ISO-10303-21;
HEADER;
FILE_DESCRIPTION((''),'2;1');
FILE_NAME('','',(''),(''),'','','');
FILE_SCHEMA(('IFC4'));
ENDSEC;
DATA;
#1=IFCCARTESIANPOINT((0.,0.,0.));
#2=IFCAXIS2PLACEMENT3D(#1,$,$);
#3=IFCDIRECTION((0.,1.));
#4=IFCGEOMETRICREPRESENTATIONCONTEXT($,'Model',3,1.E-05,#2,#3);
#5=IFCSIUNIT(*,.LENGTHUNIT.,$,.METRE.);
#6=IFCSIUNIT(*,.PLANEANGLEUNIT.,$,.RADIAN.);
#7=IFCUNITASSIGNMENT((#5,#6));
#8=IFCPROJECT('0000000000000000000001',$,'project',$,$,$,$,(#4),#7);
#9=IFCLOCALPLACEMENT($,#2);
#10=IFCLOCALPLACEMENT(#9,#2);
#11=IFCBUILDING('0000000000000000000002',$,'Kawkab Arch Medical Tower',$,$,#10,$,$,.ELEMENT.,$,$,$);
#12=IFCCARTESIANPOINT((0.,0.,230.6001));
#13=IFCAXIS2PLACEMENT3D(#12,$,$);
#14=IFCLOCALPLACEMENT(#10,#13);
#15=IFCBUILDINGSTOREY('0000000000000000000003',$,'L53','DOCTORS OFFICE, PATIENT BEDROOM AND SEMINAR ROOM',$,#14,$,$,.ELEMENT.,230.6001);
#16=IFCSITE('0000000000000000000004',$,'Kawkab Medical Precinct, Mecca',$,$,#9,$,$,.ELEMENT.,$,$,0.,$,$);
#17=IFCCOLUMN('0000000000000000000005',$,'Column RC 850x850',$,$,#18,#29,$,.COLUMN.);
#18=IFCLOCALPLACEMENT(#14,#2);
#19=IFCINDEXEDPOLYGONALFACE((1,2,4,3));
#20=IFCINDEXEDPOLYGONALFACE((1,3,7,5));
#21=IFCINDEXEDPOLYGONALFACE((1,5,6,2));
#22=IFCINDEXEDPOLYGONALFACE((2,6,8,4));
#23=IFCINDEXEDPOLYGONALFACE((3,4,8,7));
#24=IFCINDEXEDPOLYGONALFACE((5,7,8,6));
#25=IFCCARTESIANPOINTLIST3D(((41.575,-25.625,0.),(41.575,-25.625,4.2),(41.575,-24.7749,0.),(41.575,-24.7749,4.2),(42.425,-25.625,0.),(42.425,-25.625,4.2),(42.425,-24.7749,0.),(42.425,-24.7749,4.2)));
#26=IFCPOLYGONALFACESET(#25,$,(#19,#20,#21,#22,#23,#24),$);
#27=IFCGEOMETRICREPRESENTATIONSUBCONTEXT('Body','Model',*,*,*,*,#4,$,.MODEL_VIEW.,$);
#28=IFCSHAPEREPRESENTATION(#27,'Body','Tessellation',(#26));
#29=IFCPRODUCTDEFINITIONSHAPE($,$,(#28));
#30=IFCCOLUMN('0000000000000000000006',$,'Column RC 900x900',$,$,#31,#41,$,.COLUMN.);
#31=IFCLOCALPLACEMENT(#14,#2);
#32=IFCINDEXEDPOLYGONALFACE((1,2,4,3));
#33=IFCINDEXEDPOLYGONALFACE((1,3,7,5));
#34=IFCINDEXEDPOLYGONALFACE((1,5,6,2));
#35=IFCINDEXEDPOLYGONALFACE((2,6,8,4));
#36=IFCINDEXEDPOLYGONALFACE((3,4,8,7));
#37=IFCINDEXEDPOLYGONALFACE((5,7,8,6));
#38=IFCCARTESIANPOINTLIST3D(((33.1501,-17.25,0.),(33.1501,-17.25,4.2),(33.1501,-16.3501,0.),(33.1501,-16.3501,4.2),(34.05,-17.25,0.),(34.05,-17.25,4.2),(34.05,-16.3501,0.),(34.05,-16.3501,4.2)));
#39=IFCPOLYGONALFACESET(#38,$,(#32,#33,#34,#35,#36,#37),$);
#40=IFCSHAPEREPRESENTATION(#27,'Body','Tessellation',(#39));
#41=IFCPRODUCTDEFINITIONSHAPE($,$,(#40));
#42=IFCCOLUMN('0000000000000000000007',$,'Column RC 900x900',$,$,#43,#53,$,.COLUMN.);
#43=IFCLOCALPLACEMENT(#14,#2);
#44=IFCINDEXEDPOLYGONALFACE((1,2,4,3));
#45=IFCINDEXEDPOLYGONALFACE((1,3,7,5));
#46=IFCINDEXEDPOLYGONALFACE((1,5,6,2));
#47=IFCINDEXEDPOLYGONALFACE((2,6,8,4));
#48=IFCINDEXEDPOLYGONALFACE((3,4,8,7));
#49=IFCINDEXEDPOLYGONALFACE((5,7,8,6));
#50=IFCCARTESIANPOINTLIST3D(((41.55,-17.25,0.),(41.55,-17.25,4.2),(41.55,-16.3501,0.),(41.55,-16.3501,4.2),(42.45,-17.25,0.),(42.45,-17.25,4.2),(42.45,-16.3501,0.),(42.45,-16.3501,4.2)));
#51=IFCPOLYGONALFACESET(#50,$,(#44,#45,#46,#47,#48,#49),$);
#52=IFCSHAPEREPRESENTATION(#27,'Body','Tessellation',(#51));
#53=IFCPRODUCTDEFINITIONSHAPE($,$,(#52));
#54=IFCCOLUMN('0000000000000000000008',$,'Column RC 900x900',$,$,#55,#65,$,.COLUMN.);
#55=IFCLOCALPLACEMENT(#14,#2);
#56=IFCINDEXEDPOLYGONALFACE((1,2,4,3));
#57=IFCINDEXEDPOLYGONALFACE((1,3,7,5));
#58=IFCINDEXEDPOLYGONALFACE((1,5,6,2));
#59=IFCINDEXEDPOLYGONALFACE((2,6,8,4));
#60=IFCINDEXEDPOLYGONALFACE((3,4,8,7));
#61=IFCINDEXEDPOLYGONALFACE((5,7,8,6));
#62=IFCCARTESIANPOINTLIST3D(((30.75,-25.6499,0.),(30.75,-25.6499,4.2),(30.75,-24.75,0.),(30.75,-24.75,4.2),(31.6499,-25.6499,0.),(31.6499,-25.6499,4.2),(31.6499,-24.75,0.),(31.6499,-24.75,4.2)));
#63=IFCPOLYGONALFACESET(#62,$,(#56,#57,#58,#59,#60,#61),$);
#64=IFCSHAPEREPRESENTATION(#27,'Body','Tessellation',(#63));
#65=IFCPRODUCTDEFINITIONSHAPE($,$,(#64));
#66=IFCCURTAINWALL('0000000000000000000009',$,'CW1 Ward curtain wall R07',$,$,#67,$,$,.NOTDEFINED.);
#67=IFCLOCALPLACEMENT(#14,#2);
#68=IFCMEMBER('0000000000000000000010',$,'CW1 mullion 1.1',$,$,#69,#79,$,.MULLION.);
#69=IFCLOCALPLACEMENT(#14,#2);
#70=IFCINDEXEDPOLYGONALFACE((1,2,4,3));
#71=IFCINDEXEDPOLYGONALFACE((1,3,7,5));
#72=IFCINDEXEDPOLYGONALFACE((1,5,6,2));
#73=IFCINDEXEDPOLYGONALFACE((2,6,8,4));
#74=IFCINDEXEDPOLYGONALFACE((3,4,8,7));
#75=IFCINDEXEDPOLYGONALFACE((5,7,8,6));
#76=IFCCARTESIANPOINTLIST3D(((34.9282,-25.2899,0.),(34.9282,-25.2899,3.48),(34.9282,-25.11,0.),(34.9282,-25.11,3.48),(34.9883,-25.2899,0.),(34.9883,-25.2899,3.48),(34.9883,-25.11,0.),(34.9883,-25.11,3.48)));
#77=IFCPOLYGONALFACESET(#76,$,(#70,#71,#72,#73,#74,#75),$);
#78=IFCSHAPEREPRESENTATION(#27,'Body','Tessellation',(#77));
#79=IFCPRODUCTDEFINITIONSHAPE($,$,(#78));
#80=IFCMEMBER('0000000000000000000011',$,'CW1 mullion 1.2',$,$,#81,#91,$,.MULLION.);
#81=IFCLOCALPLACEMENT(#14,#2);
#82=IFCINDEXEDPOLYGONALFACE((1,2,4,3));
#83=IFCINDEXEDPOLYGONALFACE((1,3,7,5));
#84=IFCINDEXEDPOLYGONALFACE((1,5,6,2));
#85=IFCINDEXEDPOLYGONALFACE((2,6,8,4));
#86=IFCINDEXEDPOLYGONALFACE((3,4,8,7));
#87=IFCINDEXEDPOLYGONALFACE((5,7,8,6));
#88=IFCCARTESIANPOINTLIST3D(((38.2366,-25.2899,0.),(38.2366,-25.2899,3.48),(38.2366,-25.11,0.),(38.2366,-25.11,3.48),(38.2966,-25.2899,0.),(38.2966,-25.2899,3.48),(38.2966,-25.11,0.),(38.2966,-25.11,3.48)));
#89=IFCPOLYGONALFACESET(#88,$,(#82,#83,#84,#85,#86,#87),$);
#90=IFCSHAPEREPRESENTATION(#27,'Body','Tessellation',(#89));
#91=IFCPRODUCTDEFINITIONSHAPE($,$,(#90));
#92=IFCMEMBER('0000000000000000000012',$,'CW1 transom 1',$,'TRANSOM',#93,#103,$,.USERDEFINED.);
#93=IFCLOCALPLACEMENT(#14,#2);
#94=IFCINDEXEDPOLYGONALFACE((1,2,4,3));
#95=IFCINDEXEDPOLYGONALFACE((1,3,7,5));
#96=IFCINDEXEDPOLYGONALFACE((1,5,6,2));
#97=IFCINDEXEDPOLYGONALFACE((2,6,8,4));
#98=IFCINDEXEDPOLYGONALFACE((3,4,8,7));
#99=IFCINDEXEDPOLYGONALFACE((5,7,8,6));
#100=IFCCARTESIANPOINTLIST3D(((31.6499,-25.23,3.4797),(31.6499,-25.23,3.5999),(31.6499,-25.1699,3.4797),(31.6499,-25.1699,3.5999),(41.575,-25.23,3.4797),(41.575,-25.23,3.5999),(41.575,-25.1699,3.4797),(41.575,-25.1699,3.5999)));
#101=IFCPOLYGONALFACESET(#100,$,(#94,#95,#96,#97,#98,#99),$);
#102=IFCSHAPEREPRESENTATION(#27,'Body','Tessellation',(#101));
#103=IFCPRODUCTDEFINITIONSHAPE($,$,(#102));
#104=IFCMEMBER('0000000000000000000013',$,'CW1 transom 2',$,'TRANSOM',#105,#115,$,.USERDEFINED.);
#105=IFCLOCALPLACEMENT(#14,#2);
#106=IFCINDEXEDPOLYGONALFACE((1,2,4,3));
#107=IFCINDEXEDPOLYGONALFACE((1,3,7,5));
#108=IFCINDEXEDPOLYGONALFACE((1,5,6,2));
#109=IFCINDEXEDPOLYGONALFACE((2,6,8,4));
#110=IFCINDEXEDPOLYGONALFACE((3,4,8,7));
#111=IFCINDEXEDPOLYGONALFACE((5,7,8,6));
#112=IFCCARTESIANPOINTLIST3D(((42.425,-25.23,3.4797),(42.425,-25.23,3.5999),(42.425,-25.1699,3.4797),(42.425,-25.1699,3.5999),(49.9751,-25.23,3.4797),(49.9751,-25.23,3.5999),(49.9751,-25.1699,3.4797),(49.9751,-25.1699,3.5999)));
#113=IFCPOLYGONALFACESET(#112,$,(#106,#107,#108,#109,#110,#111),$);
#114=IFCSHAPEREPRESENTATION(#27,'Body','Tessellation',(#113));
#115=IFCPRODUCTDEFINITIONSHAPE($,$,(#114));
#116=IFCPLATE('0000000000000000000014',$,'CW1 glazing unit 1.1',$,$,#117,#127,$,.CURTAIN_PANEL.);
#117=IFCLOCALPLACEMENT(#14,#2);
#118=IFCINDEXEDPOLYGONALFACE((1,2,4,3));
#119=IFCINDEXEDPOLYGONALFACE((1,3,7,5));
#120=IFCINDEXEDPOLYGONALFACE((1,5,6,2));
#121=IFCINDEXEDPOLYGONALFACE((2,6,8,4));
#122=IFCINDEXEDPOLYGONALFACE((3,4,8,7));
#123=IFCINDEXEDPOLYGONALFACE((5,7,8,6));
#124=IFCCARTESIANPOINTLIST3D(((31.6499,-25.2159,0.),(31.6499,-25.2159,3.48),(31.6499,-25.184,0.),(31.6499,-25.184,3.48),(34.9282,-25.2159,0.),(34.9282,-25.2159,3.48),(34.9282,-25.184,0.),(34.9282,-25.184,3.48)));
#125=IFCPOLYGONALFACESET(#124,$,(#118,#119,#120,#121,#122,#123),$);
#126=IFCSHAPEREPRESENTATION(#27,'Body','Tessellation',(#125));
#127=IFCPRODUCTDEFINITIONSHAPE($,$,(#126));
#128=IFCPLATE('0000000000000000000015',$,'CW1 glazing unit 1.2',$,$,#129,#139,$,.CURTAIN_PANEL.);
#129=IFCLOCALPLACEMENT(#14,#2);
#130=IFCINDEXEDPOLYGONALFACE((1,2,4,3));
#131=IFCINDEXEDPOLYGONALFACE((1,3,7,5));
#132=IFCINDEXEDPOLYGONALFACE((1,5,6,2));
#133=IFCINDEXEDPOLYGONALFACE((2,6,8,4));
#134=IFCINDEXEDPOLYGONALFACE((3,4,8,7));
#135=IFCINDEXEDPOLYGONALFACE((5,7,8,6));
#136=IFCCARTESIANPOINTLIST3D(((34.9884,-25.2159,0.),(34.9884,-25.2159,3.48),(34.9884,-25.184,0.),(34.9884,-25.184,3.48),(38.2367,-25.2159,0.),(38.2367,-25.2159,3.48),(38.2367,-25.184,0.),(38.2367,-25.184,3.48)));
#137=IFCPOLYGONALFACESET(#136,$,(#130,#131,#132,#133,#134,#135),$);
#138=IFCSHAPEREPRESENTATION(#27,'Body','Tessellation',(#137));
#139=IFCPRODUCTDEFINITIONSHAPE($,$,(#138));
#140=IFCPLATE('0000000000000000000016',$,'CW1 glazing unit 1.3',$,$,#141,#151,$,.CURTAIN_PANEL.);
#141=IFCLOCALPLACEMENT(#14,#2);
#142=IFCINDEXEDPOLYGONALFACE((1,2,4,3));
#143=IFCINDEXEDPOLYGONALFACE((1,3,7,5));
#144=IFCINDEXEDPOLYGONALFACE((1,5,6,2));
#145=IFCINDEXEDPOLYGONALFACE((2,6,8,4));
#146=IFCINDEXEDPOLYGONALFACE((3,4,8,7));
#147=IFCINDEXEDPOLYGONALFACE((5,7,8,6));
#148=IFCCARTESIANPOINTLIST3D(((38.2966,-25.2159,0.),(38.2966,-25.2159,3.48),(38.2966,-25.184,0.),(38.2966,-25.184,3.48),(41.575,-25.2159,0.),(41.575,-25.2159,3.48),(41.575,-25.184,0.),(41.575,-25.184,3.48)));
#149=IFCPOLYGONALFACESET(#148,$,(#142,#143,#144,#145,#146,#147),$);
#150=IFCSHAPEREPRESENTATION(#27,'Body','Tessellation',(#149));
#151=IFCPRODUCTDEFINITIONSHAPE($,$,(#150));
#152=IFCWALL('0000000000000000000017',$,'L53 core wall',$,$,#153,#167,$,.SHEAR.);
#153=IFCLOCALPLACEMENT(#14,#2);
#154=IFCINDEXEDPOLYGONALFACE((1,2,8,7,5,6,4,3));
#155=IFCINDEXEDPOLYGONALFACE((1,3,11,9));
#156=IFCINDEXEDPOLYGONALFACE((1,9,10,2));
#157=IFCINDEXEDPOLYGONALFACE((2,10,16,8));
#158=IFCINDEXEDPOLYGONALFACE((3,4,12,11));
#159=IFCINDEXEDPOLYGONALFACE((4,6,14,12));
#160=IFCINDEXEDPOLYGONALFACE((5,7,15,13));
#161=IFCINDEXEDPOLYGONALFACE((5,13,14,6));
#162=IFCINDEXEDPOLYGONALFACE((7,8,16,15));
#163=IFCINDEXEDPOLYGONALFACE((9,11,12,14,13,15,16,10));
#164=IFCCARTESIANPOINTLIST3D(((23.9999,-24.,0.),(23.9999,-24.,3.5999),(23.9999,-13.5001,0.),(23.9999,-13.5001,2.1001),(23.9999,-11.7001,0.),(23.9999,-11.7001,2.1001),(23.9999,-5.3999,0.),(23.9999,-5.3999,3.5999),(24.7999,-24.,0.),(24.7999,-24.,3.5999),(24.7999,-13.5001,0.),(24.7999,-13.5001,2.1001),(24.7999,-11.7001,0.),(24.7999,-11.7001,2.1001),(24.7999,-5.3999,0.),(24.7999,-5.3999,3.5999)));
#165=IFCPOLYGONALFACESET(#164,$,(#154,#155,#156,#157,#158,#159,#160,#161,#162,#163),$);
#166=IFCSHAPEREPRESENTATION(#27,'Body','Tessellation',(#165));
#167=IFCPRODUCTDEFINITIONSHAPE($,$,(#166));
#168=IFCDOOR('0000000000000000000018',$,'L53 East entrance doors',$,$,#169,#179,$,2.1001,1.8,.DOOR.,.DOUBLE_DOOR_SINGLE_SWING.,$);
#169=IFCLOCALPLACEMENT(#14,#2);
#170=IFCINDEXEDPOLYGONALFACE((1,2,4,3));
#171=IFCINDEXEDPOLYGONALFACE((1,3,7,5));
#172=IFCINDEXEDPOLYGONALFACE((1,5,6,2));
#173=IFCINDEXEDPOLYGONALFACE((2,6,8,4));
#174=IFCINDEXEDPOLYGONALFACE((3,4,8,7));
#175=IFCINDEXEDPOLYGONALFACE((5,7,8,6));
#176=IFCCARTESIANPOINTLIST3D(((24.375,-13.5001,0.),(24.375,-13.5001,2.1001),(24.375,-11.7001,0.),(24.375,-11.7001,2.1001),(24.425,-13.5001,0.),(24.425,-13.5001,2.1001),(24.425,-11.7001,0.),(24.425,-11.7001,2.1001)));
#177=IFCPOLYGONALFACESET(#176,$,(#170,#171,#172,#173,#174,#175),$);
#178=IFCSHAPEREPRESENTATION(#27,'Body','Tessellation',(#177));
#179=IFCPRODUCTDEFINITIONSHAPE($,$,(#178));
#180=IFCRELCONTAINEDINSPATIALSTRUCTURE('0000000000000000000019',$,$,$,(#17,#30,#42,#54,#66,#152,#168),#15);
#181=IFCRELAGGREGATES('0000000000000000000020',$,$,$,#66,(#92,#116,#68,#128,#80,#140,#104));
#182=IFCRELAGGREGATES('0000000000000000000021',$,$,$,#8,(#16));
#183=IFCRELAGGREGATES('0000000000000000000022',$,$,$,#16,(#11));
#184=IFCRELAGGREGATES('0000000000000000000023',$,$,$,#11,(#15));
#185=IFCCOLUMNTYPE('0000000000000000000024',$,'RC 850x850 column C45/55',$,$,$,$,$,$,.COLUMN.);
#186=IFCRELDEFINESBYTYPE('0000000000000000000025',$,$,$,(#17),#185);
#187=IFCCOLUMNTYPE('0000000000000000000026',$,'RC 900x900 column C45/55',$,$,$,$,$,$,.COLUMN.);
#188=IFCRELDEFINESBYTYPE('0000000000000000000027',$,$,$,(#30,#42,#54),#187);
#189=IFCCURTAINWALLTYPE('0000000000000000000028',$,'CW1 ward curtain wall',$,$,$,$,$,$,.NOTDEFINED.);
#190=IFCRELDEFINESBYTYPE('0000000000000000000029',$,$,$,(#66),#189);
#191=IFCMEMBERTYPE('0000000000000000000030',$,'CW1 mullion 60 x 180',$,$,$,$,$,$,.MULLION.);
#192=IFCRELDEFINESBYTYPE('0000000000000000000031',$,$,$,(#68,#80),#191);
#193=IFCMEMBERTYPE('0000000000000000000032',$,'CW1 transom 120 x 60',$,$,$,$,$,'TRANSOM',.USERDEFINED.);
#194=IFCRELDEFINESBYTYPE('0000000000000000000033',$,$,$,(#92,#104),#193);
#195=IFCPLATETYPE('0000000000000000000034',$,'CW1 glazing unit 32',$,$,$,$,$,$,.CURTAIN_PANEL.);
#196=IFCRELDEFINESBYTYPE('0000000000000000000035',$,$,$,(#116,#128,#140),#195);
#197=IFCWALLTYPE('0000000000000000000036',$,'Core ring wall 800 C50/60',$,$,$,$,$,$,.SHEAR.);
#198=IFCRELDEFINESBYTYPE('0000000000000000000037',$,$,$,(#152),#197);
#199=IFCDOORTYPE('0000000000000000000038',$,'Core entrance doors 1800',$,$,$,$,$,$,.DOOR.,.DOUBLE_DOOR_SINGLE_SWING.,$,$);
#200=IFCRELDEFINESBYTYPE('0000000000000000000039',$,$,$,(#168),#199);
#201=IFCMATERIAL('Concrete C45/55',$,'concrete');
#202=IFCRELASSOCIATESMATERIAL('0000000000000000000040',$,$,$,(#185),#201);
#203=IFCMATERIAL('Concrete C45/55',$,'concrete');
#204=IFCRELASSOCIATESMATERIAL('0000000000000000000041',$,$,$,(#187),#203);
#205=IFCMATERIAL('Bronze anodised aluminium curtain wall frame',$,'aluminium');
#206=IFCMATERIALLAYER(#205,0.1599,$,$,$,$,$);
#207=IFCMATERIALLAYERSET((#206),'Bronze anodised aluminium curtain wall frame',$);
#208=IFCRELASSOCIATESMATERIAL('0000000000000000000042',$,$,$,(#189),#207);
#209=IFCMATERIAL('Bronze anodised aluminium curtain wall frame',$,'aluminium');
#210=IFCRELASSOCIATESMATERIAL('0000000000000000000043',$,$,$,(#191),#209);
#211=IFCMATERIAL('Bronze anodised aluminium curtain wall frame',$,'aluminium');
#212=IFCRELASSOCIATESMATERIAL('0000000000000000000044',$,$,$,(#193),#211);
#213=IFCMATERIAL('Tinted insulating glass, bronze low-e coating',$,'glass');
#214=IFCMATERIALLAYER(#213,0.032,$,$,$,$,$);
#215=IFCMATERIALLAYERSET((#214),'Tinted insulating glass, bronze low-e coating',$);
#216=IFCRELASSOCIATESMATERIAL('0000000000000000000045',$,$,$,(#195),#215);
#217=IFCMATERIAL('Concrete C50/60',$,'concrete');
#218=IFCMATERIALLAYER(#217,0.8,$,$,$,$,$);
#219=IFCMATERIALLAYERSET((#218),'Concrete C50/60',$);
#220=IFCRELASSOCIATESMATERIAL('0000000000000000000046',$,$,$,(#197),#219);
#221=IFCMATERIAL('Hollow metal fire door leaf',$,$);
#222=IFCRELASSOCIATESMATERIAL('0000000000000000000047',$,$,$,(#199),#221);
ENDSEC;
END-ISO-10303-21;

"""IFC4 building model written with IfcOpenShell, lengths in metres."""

from ifc_helpers import new_model, si_unit, direction, frame, frame_2d, origin, origin_2d, place, context, subcontext, project, spatial, rectangle, extrude, material, layer, layer_set, material_profile, profile_set, type_object, element, fill, aggregate, save


model = new_model("IFC4")

# Units and contexts
model_context = context("Model", 3, precision=1e-05, world=origin(), true_north=direction((0.0, 1.0)))
body_context = subcontext(model_context, "Body", "Model", "MODEL_VIEW")
ifc_project = project(units=[si_unit("LENGTHUNIT", "METRE"), si_unit("PLANEANGLEUNIT", "RADIAN")], contexts=[model_context])

# Site, building, storey
site_placement = place(None, origin())
site = spatial("IfcSite", under=ifc_project, at=site_placement, Name="Kawkab Medical Precinct, Mecca", CompositionType="ELEMENT", RefElevation=0.0)
building_placement = place(site_placement, origin())
building = spatial("IfcBuilding", under=site, at=building_placement, Name="Kawkab Arch Medical Tower", CompositionType="ELEMENT")
storey_placement = place(building_placement, frame((0.0, 0.0, 230.6001)))
storey = spatial("IfcBuildingStorey", under=building, at=storey_placement, Name="L53", Description="DOCTORS OFFICE, PATIENT BEDROOM AND SEMINAR ROOM", CompositionType="ELEMENT", Elevation=230.6001)

# Columns
ifc_material_1 = material(Name="Concrete C45/55", Category="concrete")
ifc_material_profile_1 = material_profile(ifc_material_1, rectangle(XDim=0.8501, YDim=0.8501, at=origin_2d()), Name="RC 850x850")
ifc_profile_set_1 = profile_set([ifc_material_profile_1], Name="Concrete C45/55")
column_type_1 = type_object("IfcColumnType", Name="RC 850x850 column C45/55", PredefinedType="COLUMN", material=ifc_profile_set_1)
column_placement = place(storey_placement, frame((42.0, -25.2, 0.0), z_axis=(0.0, 0.0, 1.0), x_axis=(1.0, 0.0, 0.0)))
element("IfcColumn", 1, at=column_placement, inside=storey, type_object=column_type_1, Name="Column RC 850x850", PredefinedType="COLUMN", context=body_context, shape_type="SweptSolid", body=[
    extrude(rectangle(XDim=0.8501, YDim=0.8501, at=origin_2d()), origin(), (0.0, 0.0, 1.0), 4.2),
])
ifc_material_2 = material(Name="Concrete C45/55", Category="concrete")
ifc_material_profile_2 = material_profile(ifc_material_2, rectangle(XDim=0.8999, YDim=0.8999, at=origin_2d()), Name="RC 900x900")
ifc_profile_set_2 = profile_set([ifc_material_profile_2], Name="Concrete C45/55")
column_type_2 = type_object("IfcColumnType", Name="RC 900x900 column C45/55", PredefinedType="COLUMN", material=ifc_profile_set_2)
for number, where, z_axis, x_axis, name in (
    (2, (33.6001, -16.8, 0.0), (0.0, 0.0, 1.0), (1.0, 0.0, 0.0), "Column RC 900x900"),
    (3, (42.0, -16.8, 0.0), (0.0, 0.0, 1.0), (1.0, 0.0, 0.0), "Column RC 900x900"),
    (4, (31.2, -25.2, 0.0), (0.0, 0.0, 1.0), (1.0, 0.0, 0.0), "Column RC 900x900"),
):
    element("IfcColumn", number, at=place(storey_placement, frame(where, z_axis=z_axis, x_axis=x_axis)), inside=storey, type_object=column_type_2, Name=name, PredefinedType="COLUMN", context=body_context, shape_type="SweptSolid", body=[
        extrude(rectangle(XDim=0.8999, YDim=0.8999, at=origin_2d()), origin(), (0.0, 0.0, 1.0), 4.2),
    ])

# Curtain wall, members, plates
ifc_material_3 = material(Name="Bronze anodised aluminium curtain wall frame", Category="aluminium")
ifc_layer_1 = layer(ifc_material_3, 0.1599)
ifc_layer_set_1 = layer_set([ifc_layer_1], Name="Bronze anodised aluminium curtain wall frame")
curtain_wall_type = type_object("IfcCurtainWallType", Name="CW1 ward curtain wall", PredefinedType="NOTDEFINED", material=ifc_layer_set_1)
curtain_wall_placement = place(storey_placement, origin())
curtain_wall = element("IfcCurtainWall", 5, at=curtain_wall_placement, inside=storey, type_object=curtain_wall_type, Name="CW1 Ward curtain wall R07", PredefinedType="NOTDEFINED")
ifc_material_4 = material(Name="Bronze anodised aluminium curtain wall frame", Category="aluminium")
ifc_material_profile_3 = material_profile(ifc_material_4, rectangle(XDim=0.1799, YDim=0.0601, at=origin_2d()), Name="AL 60x180")
ifc_profile_set_3 = profile_set([ifc_material_profile_3], Name="Bronze anodised aluminium curtain wall frame")
member_type_1 = type_object("IfcMemberType", Name="CW1 mullion 60 x 180", PredefinedType="MULLION", material=ifc_profile_set_3)
member_1_placement = place(storey_placement, frame((34.9583, -25.2, 0.0), z_axis=(0.0, 0.0, 1.0), x_axis=(0.0, 1.0, 0.0)))
member_1 = element("IfcMember", 6, at=member_1_placement, type_object=member_type_1, Name="CW1 mullion 1.1", PredefinedType="MULLION", context=body_context, shape_type="SweptSolid", body=[
    extrude(rectangle(XDim=0.1799, YDim=0.0601, at=origin_2d()), origin(), (0.0, 0.0, 1.0), 3.48),
])
member_2_placement = place(storey_placement, frame((38.2666, -25.2, 0.0), z_axis=(0.0, 0.0, 1.0), x_axis=(0.0, 1.0, 0.0)))
member_2 = element("IfcMember", 7, at=member_2_placement, type_object=member_type_1, Name="CW1 mullion 1.2", PredefinedType="MULLION", context=body_context, shape_type="SweptSolid", body=[
    extrude(rectangle(XDim=0.1799, YDim=0.0601, at=origin_2d()), origin(), (0.0, 0.0, 1.0), 3.48),
])
ifc_material_5 = material(Name="Bronze anodised aluminium curtain wall frame", Category="aluminium")
ifc_material_profile_4 = material_profile(ifc_material_5, rectangle(XDim=0.0601, YDim=0.1201, at=origin_2d()), Name="AL 60x120")
ifc_profile_set_4 = profile_set([ifc_material_profile_4], Name="Bronze anodised aluminium curtain wall frame")
member_type_2 = type_object("IfcMemberType", Name="CW1 transom 120 x 60", ElementType="TRANSOM", PredefinedType="USERDEFINED", material=ifc_profile_set_4)
member_3_placement = place(storey_placement, frame((31.6499, -25.2, 3.5398), z_axis=(1.0, 0.0, 0.0), x_axis=(0.0, 1.0, 0.0)))
member_3 = element("IfcMember", 8, at=member_3_placement, type_object=member_type_2, Name="CW1 transom 1", ObjectType="TRANSOM", PredefinedType="USERDEFINED", context=body_context, shape_type="SweptSolid", body=[
    extrude(rectangle(XDim=0.0601, YDim=0.1201, at=origin_2d()), origin(), (0.0, 0.0, 1.0), 9.925),
])
member_4_placement = place(storey_placement, frame((42.425, -25.2, 3.5398), z_axis=(1.0, 0.0, 0.0), x_axis=(0.0, 1.0, 0.0)))
member_4 = element("IfcMember", 9, at=member_4_placement, type_object=member_type_2, Name="CW1 transom 2", ObjectType="TRANSOM", PredefinedType="USERDEFINED", context=body_context, shape_type="SweptSolid", body=[
    extrude(rectangle(XDim=0.0601, YDim=0.1201, at=origin_2d()), origin(), (0.0, 0.0, 1.0), 7.55),
])
ifc_material_6 = material(Name="Tinted insulating glass, bronze low-e coating", Category="glass")
ifc_layer_2 = layer(ifc_material_6, 0.032)
ifc_layer_set_2 = layer_set([ifc_layer_2], Name="Tinted insulating glass, bronze low-e coating")
plate_type = type_object("IfcPlateType", Name="CW1 glazing unit 32", PredefinedType="CURTAIN_PANEL", material=ifc_layer_set_2)
plate_1_placement = place(storey_placement, frame((33.2891, -25.2, 0.0), z_axis=(0.0, 0.0, 1.0), x_axis=(1.0, 0.0, 0.0)))
plate_1 = element("IfcPlate", 10, at=plate_1_placement, type_object=plate_type, Name="CW1 glazing unit 1.1", PredefinedType="CURTAIN_PANEL", context=body_context, shape_type="SweptSolid", body=[
    extrude(rectangle(XDim=3.2783, YDim=0.032, at=origin_2d()), origin(), (0.0, 0.0, 1.0), 3.48),
])
plate_2_placement = place(storey_placement, frame((36.6125, -25.2, 0.0), z_axis=(0.0, 0.0, 1.0), x_axis=(1.0, 0.0, 0.0)))
plate_2 = element("IfcPlate", 11, at=plate_2_placement, type_object=plate_type, Name="CW1 glazing unit 1.2", PredefinedType="CURTAIN_PANEL", context=body_context, shape_type="SweptSolid", body=[
    extrude(rectangle(XDim=3.2483, YDim=0.032, at=origin_2d()), origin(), (0.0, 0.0, 1.0), 3.48),
])
plate_3_placement = place(storey_placement, frame((39.9358, -25.2, 0.0), z_axis=(0.0, 0.0, 1.0), x_axis=(1.0, 0.0, 0.0)))
plate_3 = element("IfcPlate", 12, at=plate_3_placement, type_object=plate_type, Name="CW1 glazing unit 1.3", PredefinedType="CURTAIN_PANEL", context=body_context, shape_type="SweptSolid", body=[
    extrude(rectangle(XDim=3.2783, YDim=0.032, at=origin_2d()), origin(), (0.0, 0.0, 1.0), 3.48),
])
aggregate(curtain_wall, [member_3, plate_1, member_1, plate_2, member_2, plate_3, member_4])

# Wall, opening, door
ifc_material_7 = material(Name="Concrete C50/60", Category="concrete")
ifc_layer_3 = layer(ifc_material_7, 0.8)
ifc_layer_set_3 = layer_set([ifc_layer_3], Name="Concrete C50/60")
wall_type_1 = type_object("IfcWallType", Name="Core ring wall 800 C50/60", PredefinedType="SHEAR", material=ifc_layer_set_3)
wall_1_placement = place(storey_placement, frame((24.3999, -24.0, 0.0), z_axis=(0.0, 0.0, 1.0), x_axis=(0.0, 1.0, 0.0)))
wall_1 = element("IfcWall", 13, at=wall_1_placement, inside=storey, type_object=wall_type_1, Name="L53 core wall", PredefinedType="SHEAR", context=body_context, shape_type="SweptSolid", body=[
    extrude(rectangle(XDim=18.6001, YDim=0.8, at=frame_2d((9.3, 0.0))), origin(), (0.0, 0.0, 1.0), 3.5999),
])
opening_1_placement = place(wall_1_placement, frame((10.5, 0.0, 0.0)))
opening_1 = element("IfcOpeningElement", 14, at=opening_1_placement, cuts=wall_1, PredefinedType="OPENING", context=body_context, shape_type="SweptSolid", body=[
    extrude(rectangle(XDim=1.8, YDim=2.1001, at=frame_2d((0.8999, 1.05))), frame((0.0, 0.4099, 0.0), z_axis=(0.0, -1.0, 0.0), x_axis=(1.0, 0.0, 0.0)), (0.0, 0.0, 1.0), 0.8201),
])
ifc_material_8 = material(Name="Hollow metal fire door leaf")
door_type_1 = type_object("IfcDoorType", Name="Core entrance doors 1800", OperationType="DOUBLE_DOOR_SINGLE_SWING", PredefinedType="DOOR", material=ifc_material_8)
door_1_placement = place(opening_1_placement, origin())
door_1 = element("IfcDoor", 15, at=door_1_placement, inside=storey, type_object=door_type_1, Name="L53 East entrance doors", OperationType="DOUBLE_DOOR_SINGLE_SWING", OverallHeight=2.1001, OverallWidth=1.8, PredefinedType="DOOR", context=body_context, shape_type="SweptSolid", body=[
    extrude(rectangle(XDim=1.8, YDim=2.1001, at=frame_2d((0.8999, 1.05))), frame((0.0, 0.0249, 0.0), z_axis=(0.0, -1.0, 0.0), x_axis=(1.0, 0.0, 0.0)), (0.0, 0.0, 1.0), 0.05),
])
fill(opening_1, door_1)

save(model, "model.ifc")
